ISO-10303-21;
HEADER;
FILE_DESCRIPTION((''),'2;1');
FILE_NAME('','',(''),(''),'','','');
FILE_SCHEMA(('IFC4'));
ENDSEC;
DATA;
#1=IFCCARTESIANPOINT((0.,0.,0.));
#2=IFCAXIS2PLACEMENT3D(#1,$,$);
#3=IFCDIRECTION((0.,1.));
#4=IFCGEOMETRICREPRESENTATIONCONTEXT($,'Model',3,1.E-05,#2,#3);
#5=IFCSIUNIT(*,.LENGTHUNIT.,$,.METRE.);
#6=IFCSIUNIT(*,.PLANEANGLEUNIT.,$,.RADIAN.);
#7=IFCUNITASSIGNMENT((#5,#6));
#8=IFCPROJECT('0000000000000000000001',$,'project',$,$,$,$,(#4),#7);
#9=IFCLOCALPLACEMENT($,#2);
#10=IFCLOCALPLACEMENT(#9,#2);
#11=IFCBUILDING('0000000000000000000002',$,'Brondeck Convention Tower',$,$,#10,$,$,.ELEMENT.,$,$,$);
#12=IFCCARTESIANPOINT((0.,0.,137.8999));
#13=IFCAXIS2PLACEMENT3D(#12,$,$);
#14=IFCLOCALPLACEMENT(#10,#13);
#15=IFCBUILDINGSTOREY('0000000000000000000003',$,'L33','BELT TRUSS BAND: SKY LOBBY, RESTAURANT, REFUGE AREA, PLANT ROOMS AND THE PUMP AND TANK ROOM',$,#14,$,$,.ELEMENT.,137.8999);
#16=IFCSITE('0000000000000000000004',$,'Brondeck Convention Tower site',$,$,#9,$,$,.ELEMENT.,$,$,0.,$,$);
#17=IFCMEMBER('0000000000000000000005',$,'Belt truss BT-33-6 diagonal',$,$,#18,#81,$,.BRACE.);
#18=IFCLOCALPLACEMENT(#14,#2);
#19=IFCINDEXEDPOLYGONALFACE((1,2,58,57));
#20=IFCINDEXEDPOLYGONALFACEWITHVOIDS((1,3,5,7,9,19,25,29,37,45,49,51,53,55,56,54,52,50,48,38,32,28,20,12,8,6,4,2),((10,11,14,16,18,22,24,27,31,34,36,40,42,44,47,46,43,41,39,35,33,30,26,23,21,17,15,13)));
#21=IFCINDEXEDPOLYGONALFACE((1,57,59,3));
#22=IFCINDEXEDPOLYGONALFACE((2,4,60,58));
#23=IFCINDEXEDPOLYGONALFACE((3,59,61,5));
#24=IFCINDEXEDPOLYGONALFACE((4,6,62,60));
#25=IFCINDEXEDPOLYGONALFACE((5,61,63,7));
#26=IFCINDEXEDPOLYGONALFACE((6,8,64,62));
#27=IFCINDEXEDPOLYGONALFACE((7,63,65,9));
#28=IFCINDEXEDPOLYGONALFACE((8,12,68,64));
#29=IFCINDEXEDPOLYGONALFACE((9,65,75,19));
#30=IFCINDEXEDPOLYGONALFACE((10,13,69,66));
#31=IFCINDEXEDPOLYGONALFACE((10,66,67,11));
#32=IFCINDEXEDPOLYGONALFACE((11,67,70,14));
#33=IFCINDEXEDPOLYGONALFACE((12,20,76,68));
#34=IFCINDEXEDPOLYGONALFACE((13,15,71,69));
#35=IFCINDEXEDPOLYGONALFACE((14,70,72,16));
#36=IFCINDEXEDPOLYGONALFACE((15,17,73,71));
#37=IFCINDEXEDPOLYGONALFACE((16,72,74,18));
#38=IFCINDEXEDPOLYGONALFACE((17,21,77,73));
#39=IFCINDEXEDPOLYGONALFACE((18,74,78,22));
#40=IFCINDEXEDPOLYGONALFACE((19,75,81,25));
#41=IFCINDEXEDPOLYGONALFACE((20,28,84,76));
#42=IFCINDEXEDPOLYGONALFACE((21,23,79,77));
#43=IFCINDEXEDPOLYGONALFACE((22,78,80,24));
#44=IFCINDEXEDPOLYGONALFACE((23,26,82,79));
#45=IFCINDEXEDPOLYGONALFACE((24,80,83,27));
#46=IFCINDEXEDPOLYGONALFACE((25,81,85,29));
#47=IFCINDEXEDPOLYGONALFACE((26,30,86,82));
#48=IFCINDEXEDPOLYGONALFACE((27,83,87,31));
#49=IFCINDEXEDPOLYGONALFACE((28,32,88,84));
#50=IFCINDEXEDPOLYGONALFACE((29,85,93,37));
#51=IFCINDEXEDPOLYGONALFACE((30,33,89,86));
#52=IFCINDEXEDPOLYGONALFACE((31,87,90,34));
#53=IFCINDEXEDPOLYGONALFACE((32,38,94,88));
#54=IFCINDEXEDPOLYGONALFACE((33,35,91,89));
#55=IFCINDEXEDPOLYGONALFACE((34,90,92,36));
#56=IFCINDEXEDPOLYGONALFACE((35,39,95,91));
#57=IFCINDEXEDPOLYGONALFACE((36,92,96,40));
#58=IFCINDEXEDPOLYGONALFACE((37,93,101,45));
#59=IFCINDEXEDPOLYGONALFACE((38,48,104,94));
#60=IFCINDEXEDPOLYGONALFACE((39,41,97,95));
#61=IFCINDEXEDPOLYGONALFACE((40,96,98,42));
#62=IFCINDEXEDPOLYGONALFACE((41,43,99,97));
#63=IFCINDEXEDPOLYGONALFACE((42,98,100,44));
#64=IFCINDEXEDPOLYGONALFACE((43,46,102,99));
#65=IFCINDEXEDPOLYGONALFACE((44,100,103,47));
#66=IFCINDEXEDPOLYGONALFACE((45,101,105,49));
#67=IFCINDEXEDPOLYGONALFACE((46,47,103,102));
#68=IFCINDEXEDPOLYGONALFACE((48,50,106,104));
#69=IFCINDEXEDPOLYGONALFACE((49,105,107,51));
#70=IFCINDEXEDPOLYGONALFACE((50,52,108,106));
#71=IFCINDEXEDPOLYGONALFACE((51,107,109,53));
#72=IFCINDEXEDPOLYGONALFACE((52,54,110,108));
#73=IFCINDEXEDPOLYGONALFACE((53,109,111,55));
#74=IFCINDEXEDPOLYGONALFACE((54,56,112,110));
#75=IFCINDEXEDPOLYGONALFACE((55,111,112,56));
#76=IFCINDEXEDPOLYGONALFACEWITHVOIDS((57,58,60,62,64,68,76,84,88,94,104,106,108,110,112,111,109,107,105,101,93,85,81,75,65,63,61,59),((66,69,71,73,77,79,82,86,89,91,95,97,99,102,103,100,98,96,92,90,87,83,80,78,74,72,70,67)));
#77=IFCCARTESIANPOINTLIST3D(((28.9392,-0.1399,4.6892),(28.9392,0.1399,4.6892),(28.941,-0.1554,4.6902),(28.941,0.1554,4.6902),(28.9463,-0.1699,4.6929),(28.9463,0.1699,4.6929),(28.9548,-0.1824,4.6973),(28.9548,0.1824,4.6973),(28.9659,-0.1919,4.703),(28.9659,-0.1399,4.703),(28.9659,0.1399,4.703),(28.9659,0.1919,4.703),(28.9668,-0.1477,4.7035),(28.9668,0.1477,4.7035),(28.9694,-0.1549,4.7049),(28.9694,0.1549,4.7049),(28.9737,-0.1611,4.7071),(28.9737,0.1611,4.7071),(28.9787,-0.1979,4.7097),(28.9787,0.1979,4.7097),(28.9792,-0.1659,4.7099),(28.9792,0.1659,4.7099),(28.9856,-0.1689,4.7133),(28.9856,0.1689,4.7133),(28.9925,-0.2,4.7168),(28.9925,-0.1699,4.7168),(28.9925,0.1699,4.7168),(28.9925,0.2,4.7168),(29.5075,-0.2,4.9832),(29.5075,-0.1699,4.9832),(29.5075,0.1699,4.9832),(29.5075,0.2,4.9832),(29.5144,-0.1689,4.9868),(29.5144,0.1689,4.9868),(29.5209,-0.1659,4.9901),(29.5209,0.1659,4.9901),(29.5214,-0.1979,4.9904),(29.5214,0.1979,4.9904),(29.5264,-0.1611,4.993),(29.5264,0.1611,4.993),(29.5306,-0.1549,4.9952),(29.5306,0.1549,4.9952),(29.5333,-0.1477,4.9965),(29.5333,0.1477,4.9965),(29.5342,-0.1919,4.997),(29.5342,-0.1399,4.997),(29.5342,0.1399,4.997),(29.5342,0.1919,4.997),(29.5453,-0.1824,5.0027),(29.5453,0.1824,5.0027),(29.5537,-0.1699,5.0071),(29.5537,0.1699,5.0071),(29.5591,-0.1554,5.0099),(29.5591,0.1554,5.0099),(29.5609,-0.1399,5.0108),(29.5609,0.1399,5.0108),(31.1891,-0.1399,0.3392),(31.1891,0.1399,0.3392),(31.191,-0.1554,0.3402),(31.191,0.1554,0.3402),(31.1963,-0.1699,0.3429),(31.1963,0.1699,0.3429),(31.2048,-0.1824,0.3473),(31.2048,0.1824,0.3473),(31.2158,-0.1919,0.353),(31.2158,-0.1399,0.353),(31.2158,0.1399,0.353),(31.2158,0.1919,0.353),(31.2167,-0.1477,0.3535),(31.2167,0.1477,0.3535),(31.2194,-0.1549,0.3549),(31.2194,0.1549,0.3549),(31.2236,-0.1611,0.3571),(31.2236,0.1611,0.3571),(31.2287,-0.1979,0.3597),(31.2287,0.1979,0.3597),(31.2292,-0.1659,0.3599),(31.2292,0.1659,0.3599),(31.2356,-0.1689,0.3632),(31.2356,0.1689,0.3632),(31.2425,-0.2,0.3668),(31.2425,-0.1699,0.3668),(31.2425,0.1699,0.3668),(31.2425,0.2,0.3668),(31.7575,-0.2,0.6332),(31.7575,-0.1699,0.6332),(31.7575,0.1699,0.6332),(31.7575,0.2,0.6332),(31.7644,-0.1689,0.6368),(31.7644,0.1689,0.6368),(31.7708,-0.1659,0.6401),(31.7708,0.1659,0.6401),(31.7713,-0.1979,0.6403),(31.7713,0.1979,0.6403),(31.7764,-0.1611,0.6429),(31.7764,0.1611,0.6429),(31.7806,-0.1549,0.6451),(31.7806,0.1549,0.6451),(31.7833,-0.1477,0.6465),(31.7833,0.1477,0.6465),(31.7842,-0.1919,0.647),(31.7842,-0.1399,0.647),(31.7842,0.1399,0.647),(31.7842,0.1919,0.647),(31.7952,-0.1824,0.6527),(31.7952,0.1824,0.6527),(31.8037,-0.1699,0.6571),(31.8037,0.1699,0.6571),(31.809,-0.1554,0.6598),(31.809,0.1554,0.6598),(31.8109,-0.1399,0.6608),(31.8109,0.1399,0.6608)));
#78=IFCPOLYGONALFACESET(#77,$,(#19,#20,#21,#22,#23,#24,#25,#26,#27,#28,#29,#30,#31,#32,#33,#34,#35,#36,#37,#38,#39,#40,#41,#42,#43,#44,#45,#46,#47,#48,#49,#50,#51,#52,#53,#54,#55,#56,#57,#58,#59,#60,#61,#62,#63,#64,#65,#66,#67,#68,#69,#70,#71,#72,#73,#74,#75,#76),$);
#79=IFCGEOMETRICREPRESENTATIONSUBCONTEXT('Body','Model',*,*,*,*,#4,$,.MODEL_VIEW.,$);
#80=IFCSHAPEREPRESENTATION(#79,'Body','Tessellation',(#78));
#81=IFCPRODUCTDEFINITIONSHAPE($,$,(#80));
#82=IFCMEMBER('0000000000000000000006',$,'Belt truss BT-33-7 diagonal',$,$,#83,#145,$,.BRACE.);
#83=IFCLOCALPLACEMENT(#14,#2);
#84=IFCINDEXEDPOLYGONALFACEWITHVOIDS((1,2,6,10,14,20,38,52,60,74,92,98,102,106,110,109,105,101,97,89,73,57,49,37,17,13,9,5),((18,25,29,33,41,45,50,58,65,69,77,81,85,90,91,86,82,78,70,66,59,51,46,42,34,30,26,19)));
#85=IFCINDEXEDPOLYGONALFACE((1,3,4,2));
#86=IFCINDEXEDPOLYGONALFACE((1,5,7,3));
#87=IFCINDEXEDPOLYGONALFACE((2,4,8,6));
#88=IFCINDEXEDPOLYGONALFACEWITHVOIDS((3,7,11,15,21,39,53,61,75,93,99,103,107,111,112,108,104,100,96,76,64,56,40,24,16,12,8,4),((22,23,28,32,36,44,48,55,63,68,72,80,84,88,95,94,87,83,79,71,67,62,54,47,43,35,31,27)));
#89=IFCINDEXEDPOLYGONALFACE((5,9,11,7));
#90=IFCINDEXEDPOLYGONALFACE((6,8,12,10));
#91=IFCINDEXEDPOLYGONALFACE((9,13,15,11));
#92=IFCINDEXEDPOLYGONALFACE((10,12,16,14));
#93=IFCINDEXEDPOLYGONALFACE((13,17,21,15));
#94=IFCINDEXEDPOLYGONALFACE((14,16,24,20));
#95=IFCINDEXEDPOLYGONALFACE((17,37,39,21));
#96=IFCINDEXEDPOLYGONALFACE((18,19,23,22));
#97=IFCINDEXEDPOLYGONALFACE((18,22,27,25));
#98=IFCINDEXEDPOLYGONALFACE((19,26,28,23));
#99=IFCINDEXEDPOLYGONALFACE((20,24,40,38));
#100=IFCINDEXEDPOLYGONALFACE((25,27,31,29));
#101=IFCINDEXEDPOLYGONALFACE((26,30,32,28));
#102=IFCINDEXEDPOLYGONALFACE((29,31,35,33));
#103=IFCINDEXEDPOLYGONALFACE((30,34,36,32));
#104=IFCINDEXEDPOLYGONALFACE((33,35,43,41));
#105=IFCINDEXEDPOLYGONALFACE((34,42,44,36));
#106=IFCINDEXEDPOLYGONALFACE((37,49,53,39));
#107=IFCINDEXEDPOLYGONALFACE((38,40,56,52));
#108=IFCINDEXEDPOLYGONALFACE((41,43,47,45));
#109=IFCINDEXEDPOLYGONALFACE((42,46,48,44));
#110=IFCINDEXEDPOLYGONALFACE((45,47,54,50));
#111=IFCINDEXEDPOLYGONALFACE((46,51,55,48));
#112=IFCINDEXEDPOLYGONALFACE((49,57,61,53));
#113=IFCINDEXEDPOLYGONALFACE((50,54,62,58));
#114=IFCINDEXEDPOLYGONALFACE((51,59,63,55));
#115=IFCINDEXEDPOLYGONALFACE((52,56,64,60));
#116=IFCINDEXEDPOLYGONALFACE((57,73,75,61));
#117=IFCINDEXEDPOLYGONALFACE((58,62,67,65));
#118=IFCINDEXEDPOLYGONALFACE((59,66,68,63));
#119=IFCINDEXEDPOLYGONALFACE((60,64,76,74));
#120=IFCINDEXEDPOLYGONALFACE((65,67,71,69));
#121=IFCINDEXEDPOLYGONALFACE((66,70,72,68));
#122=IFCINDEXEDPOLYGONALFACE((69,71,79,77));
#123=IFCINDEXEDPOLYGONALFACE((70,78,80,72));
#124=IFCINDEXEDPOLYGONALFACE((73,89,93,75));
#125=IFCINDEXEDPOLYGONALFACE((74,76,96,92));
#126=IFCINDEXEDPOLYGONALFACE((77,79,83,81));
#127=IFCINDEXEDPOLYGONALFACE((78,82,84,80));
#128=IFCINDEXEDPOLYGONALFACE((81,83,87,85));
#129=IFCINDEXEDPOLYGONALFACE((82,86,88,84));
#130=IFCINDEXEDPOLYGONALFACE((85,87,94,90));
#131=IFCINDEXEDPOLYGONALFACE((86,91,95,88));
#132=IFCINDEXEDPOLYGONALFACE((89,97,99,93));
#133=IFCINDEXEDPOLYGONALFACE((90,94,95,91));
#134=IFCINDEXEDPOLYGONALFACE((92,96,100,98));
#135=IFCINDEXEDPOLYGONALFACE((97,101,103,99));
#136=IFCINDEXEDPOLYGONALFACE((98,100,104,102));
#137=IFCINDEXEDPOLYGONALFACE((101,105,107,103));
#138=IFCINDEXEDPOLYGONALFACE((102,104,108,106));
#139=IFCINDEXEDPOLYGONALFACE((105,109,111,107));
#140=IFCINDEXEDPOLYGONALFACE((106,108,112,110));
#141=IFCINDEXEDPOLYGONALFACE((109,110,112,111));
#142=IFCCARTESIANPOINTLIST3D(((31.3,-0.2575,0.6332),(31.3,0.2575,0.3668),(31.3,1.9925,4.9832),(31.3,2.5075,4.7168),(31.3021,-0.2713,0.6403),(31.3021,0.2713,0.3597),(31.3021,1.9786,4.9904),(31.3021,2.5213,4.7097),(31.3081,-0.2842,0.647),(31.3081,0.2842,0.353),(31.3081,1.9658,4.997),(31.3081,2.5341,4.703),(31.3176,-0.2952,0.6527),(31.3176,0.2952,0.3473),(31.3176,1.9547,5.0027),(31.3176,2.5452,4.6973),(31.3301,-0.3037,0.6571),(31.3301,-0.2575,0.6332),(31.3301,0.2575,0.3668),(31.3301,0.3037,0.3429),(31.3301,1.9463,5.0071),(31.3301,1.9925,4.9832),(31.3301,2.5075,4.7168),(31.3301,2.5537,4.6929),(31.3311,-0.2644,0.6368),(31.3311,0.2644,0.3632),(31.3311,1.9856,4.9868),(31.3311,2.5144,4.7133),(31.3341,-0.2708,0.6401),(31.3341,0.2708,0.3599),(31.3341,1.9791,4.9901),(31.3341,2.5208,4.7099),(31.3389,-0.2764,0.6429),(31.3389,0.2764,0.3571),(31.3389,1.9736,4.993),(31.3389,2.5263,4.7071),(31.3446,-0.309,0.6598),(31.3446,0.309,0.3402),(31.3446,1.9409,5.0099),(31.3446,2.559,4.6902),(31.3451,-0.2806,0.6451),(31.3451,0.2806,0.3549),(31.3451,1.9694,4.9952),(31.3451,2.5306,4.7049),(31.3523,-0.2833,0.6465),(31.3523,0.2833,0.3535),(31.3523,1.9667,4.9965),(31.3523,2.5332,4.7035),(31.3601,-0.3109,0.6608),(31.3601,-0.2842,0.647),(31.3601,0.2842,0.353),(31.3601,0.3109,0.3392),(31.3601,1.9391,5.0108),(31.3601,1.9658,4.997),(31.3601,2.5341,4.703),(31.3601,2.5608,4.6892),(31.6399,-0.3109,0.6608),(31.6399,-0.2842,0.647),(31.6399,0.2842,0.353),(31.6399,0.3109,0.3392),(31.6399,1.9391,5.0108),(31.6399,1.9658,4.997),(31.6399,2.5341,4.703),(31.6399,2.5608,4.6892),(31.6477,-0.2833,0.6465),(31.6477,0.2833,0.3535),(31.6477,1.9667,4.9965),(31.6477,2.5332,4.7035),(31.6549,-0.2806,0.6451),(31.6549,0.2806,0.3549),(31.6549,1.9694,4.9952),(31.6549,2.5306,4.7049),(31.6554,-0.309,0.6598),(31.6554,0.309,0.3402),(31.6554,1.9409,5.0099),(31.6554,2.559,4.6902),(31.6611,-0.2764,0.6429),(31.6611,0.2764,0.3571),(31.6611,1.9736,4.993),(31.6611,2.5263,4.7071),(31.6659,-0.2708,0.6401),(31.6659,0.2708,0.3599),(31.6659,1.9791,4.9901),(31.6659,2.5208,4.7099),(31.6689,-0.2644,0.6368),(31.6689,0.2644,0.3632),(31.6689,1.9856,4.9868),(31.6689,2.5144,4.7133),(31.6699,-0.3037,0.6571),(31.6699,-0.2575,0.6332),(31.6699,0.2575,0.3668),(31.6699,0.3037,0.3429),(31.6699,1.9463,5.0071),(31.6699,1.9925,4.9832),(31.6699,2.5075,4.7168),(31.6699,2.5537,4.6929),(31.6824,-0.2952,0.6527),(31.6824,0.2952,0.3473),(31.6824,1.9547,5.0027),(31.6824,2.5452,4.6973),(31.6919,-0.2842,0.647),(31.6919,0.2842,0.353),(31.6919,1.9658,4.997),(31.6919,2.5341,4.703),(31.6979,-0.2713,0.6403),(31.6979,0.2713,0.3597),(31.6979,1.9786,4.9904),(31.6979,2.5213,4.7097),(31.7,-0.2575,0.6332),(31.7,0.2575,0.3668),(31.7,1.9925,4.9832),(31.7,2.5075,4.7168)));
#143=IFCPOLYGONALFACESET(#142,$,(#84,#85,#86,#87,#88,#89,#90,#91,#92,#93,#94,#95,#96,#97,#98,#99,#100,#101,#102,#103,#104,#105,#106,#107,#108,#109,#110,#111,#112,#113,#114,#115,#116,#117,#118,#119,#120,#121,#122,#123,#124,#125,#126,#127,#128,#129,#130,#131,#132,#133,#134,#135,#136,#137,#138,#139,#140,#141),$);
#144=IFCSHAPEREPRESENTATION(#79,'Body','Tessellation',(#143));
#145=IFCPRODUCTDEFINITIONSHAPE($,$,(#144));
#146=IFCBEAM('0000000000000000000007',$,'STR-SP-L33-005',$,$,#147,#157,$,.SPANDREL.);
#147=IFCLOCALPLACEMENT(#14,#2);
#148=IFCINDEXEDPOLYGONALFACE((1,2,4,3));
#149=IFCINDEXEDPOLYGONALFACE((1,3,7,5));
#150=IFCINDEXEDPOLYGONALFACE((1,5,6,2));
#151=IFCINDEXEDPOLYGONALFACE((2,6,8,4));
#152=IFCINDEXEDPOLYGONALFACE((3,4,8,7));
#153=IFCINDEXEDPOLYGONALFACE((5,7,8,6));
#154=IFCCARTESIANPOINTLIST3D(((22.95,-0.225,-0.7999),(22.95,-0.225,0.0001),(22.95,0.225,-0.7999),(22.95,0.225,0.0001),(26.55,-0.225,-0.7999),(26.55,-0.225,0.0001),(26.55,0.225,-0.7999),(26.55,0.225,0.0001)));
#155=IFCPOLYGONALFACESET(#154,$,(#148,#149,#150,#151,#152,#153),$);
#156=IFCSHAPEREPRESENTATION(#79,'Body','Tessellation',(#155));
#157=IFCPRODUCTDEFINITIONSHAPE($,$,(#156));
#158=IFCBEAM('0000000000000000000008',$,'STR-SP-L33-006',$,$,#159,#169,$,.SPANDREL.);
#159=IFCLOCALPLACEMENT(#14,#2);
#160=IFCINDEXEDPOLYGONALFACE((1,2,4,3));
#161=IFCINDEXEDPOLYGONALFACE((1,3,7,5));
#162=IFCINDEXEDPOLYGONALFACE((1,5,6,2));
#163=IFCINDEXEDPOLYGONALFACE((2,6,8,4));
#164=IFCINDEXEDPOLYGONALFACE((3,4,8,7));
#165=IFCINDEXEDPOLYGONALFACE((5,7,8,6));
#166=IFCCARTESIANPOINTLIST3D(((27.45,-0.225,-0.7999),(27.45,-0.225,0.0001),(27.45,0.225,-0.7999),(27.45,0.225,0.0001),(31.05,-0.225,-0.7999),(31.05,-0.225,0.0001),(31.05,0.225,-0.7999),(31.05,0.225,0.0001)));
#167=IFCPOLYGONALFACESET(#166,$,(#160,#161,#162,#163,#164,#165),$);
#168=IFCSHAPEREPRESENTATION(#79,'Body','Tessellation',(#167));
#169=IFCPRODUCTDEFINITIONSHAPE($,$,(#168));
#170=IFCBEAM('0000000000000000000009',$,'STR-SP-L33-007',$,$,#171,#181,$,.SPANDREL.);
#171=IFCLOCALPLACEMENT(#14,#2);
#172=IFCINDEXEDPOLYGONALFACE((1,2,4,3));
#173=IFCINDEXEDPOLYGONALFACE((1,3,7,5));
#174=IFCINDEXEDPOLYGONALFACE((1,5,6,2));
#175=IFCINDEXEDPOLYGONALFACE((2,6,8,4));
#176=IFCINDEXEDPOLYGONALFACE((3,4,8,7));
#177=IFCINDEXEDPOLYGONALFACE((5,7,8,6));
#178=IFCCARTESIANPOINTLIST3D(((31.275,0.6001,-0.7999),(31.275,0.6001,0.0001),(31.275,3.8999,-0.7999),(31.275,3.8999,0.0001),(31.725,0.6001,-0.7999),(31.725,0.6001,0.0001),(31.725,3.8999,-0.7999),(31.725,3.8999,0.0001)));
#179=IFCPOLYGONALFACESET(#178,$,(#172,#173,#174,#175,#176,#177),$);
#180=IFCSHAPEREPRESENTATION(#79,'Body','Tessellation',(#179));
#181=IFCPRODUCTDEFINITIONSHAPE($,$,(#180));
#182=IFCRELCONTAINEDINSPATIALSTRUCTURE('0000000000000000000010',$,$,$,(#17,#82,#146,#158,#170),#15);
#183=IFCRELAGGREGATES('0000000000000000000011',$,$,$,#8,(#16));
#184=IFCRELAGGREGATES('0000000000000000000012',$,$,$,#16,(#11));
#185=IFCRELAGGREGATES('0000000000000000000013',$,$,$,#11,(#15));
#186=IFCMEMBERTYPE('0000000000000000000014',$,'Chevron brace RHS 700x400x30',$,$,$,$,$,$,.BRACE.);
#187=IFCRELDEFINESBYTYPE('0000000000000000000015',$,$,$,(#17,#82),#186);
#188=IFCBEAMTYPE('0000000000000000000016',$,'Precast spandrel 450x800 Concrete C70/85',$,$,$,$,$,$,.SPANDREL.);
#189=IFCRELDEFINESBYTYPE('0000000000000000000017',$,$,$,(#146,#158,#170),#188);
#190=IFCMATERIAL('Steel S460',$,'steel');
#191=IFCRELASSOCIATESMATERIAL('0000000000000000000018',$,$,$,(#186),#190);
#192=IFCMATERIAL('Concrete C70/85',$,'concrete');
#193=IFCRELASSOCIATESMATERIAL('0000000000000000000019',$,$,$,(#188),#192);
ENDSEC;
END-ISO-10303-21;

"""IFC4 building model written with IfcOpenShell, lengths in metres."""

from ifc_helpers import new_model, si_unit, direction, frame, origin, origin_2d, place, context, subcontext, project, spatial, rectangle, hollow_rectangle, extrude, material, material_profile, profile_set, type_object, element, save


model = new_model("IFC4")

# Units and contexts
model_context = context("Model", 3, precision=1e-05, world=origin(), true_north=direction((0.0, 1.0)))
body_context = subcontext(model_context, "Body", "Model", "MODEL_VIEW")
ifc_project = project(units=[si_unit("LENGTHUNIT", "METRE"), si_unit("PLANEANGLEUNIT", "RADIAN")], contexts=[model_context])

# Site, building, storey
site_placement = place(None, origin())
site = spatial("IfcSite", under=ifc_project, at=site_placement, Name="Brondeck Convention Tower site", CompositionType="ELEMENT", RefElevation=0.0)
building_placement = place(site_placement, origin())
building = spatial("IfcBuilding", under=site, at=building_placement, Name="Brondeck Convention Tower", CompositionType="ELEMENT")
storey_placement = place(building_placement, frame((0.0, 0.0, 137.8999)))
storey = spatial("IfcBuildingStorey", under=building, at=storey_placement, Name="L33", Description="BELT TRUSS BAND: SKY LOBBY, RESTAURANT, REFUGE AREA, PLANT ROOMS AND THE PUMP AND TANK ROOM", CompositionType="ELEMENT", Elevation=137.8999)

# Shared definitions
ifc_material_1 = material(Name="Concrete C70/85", Category="concrete")

# Members
ifc_material_2 = material(Name="Steel S460", Category="steel")
ifc_material_profile_1 = material_profile(ifc_material_2, hollow_rectangle(XDim=0.3999, YDim=0.7, WallThickness=0.03, InnerFilletRadius=0.03, OuterFilletRadius=0.0601, at=origin_2d()), Name="RHS 700x400x30")
ifc_profile_set_1 = profile_set([ifc_material_profile_1], Name="Steel S460")
member_type_1 = type_object("IfcMemberType", Name="Chevron brace RHS 700x400x30", PredefinedType="BRACE", material=ifc_profile_set_1)
for number, where, z_axis, x_axis, name in (
    (1, (31.5, 0.0, 0.5), (-0.459415, 0.0, 0.888222), (0.0, -1.0, 0.0), "Belt truss BT-33-6 diagonal"),
    (2, (31.5, 0.0, 0.5), (0.0, 0.459415, 0.888222), (-1.0, 0.0, 0.0), "Belt truss BT-33-7 diagonal"),
):
    element("IfcMember", number, at=place(storey_placement, frame(where, z_axis=z_axis, x_axis=x_axis)), inside=storey, type_object=member_type_1, Name=name, PredefinedType="BRACE", context=body_context, shape_type="SweptSolid", body=[
        extrude(hollow_rectangle(XDim=0.3999, YDim=0.7, WallThickness=0.03, InnerFilletRadius=0.03, OuterFilletRadius=0.0601, at=origin_2d()), origin(), (0.0, 0.0, 1.0), 4.8975),
    ])

# Beams
ifc_material_profile_2 = material_profile(ifc_material_1, rectangle(XDim=0.45, YDim=0.8, at=origin_2d()), Name="Precast spandrel 450x800 Concrete C70/85")
ifc_profile_set_2 = profile_set([ifc_material_profile_2], Name="Concrete C70/85")
beam_type = type_object("IfcBeamType", Name="Precast spandrel 450x800 Concrete C70/85", PredefinedType="SPANDREL", material=ifc_profile_set_2)
for number, where, z_axis, x_axis, name in (
    (3, (22.95, 0.0, -0.3999), (1.0, 0.0, 0.0), (0.0, 1.0, 0.0), "STR-SP-L33-005"),
    (4, (27.45, 0.0, -0.3999), (1.0, 0.0, 0.0), (0.0, 1.0, 0.0), "STR-SP-L33-006"),
):
    element("IfcBeam", number, at=place(storey_placement, frame(where, z_axis=z_axis, x_axis=x_axis)), inside=storey, type_object=beam_type, Name=name, PredefinedType="SPANDREL", context=body_context, shape_type="SweptSolid", body=[
        extrude(rectangle(XDim=0.45, YDim=0.8, at=origin_2d()), origin(), (0.0, 0.0, 1.0), 3.6001),
    ])
beam_placement = place(storey_placement, frame((31.5, 0.6001, -0.3999), z_axis=(0.0, 1.0, 0.0), x_axis=(-1.0, 0.0, 0.0)))
element("IfcBeam", 5, at=beam_placement, inside=storey, type_object=beam_type, Name="STR-SP-L33-007", PredefinedType="SPANDREL", context=body_context, shape_type="SweptSolid", body=[
    extrude(rectangle(XDim=0.45, YDim=0.8, at=origin_2d()), origin(), (0.0, 0.0, 1.0), 3.2998),
])

save(model, "model.ifc")
